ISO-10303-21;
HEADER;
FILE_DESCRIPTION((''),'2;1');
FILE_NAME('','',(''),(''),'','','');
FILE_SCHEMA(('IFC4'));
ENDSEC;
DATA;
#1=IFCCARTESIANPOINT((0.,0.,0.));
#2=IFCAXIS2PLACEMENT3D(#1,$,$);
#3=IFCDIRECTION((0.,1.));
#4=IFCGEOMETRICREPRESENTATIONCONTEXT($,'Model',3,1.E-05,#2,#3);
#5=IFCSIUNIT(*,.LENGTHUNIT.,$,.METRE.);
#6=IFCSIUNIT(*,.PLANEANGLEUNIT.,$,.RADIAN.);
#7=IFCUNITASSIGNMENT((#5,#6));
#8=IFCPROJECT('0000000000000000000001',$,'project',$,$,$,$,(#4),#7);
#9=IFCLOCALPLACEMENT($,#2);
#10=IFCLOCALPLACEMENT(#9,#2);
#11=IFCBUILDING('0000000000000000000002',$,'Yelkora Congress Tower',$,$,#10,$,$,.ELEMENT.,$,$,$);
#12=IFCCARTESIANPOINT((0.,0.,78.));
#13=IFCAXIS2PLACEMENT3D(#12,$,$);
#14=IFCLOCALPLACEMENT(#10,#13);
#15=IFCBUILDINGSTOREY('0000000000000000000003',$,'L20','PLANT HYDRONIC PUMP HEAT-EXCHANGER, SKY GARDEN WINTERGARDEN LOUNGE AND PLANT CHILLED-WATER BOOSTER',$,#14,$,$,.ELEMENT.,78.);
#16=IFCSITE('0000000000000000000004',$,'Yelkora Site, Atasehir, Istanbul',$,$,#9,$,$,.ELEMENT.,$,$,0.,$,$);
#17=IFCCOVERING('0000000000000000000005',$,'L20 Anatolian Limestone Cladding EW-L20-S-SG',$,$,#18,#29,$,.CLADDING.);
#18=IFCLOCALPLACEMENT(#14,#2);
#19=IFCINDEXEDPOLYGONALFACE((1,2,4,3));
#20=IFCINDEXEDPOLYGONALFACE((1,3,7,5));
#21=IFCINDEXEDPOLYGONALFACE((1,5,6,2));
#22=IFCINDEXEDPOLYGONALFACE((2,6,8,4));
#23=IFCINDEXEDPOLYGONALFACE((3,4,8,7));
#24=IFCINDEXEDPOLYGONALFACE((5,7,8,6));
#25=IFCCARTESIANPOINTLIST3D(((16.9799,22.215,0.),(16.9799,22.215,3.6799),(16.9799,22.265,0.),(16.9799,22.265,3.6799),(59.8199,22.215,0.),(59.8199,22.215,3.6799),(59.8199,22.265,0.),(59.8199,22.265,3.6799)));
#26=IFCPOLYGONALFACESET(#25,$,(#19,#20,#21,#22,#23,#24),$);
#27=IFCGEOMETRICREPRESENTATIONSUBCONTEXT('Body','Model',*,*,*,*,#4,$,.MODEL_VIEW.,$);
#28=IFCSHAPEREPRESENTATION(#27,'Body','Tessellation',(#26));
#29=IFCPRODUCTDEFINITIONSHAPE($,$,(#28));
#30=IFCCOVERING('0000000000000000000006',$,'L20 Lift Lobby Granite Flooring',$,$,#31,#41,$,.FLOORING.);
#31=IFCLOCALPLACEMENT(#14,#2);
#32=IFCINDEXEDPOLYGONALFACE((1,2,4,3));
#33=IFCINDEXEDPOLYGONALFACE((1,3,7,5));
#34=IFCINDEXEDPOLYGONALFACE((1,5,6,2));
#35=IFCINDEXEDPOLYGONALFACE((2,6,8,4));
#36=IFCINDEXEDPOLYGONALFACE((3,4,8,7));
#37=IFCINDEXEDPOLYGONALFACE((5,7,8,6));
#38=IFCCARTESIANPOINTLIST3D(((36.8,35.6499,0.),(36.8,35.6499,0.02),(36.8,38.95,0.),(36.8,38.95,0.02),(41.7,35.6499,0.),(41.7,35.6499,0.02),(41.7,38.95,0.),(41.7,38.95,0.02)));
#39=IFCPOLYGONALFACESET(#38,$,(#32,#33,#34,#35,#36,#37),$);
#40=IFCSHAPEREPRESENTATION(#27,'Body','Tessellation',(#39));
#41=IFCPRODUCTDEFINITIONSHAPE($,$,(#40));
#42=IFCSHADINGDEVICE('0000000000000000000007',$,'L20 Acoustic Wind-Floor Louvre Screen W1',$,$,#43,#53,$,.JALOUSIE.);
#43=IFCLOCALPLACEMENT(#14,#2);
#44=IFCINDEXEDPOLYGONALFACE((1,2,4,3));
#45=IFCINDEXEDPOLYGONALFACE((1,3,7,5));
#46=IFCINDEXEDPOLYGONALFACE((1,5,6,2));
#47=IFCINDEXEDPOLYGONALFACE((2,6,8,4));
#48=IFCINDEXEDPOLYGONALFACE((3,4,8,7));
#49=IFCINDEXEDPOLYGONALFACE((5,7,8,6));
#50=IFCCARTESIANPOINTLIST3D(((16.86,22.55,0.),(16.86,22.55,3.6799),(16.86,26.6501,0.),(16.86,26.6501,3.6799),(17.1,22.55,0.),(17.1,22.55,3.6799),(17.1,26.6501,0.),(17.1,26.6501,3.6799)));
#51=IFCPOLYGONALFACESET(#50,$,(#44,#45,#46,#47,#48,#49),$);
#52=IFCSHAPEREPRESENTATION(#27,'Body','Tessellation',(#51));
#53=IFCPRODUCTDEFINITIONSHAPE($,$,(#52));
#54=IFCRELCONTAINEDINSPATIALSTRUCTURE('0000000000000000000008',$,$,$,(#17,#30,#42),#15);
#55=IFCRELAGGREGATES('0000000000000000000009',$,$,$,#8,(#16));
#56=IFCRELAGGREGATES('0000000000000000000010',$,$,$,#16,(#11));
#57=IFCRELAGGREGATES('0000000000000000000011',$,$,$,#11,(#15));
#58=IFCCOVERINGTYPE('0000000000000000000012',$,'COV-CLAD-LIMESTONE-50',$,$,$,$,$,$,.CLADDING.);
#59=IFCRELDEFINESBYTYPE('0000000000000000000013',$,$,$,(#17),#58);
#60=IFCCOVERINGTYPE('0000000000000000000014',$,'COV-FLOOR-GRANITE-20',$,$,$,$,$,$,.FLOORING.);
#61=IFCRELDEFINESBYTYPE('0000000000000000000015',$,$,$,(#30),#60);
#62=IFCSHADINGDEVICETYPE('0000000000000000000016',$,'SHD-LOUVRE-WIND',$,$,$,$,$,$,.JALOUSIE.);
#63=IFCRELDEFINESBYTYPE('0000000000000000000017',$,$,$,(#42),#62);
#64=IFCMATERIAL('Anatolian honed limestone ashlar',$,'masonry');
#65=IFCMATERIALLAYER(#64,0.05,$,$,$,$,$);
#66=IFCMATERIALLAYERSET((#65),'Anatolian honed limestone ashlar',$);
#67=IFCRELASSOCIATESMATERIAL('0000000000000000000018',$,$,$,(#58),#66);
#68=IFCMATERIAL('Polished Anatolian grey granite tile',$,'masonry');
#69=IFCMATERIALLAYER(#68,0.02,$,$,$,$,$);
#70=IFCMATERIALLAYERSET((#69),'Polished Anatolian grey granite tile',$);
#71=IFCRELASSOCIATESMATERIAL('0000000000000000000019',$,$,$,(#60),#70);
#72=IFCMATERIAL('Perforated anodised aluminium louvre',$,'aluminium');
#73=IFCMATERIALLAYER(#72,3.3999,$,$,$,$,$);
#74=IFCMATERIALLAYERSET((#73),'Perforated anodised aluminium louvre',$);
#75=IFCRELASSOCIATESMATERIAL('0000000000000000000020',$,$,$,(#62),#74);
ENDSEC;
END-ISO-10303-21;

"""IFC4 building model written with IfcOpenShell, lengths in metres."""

from ifc_helpers import new_model, si_unit, direction, frame, frame_2d, origin, origin_2d, place, context, subcontext, project, spatial, polyline, rectangle, outline, extrude, material, layer, layer_set, type_object, element, save


model = new_model("IFC4")

# Units and contexts
model_context = context("Model", 3, precision=1e-05, world=origin(), true_north=direction((0.0, 1.0)))
body_context = subcontext(model_context, "Body", "Model", "MODEL_VIEW")
ifc_project = project(units=[si_unit("LENGTHUNIT", "METRE"), si_unit("PLANEANGLEUNIT", "RADIAN")], contexts=[model_context])

# Site, building, storey
site_placement = place(None, origin())
site = spatial("IfcSite", under=ifc_project, at=site_placement, Name="Yelkora Site, Atasehir, Istanbul", CompositionType="ELEMENT", RefElevation=0.0)
building_placement = place(site_placement, origin())
building = spatial("IfcBuilding", under=site, at=building_placement, Name="Yelkora Congress Tower", CompositionType="ELEMENT")
storey_placement = place(building_placement, frame((0.0, 0.0, 78.0)))
storey = spatial("IfcBuildingStorey", under=building, at=storey_placement, Name="L20", Description="PLANT HYDRONIC PUMP HEAT-EXCHANGER, SKY GARDEN WINTERGARDEN LOUNGE AND PLANT CHILLED-WATER BOOSTER", CompositionType="ELEMENT", Elevation=78.0)

# Coverings
ifc_material_1 = material(Name="Anatolian honed limestone ashlar", Category="masonry")
ifc_layer_1 = layer(ifc_material_1, 0.05)
ifc_layer_set_1 = layer_set([ifc_layer_1], Name="Anatolian honed limestone ashlar")
covering_type_1 = type_object("IfcCoveringType", Name="COV-CLAD-LIMESTONE-50", PredefinedType="CLADDING", material=ifc_layer_set_1)
covering_1_placement = place(storey_placement, frame((16.98, 22.24, 0.0), z_axis=(0.0, 0.0, 1.0), x_axis=(1.0, 0.0, 0.0)))
element("IfcCovering", 1, at=covering_1_placement, inside=storey, type_object=covering_type_1, Name="L20 Anatolian Limestone Cladding EW-L20-S-SG", PredefinedType="CLADDING", context=body_context, shape_type="SweptSolid", body=[
    extrude(rectangle(XDim=42.8401, YDim=0.05, at=frame_2d((21.4199, 0.0))), origin(), (0.0, 0.0, 1.0), 3.6799),
])
ifc_material_2 = material(Name="Polished Anatolian grey granite tile", Category="masonry")
ifc_layer_2 = layer(ifc_material_2, 0.02)
ifc_layer_set_2 = layer_set([ifc_layer_2], Name="Polished Anatolian grey granite tile")
covering_type_2 = type_object("IfcCoveringType", Name="COV-FLOOR-GRANITE-20", PredefinedType="FLOORING", material=ifc_layer_set_2)
covering_2_placement = place(storey_placement, origin())
element("IfcCovering", 2, at=covering_2_placement, inside=storey, type_object=covering_type_2, Name="L20 Lift Lobby Granite Flooring", PredefinedType="FLOORING", context=body_context, shape_type="SweptSolid", body=[
    extrude(outline(polyline([(36.8, 35.6499), (41.7, 35.6499), (41.7, 38.95), (36.8, 38.95), (36.8, 35.6499)])), origin(), (0.0, 0.0, 1.0), 0.02),
])

# Shading device
ifc_material_3 = material(Name="Perforated anodised aluminium louvre", Category="aluminium")
ifc_layer_3 = layer(ifc_material_3, 3.3999)
ifc_layer_set_3 = layer_set([ifc_layer_3], Name="Perforated anodised aluminium louvre")
shading_device_type = type_object("IfcShadingDeviceType", Name="SHD-LOUVRE-WIND", PredefinedType="JALOUSIE", material=ifc_layer_set_3)
shading_device_placement = place(storey_placement, frame((16.98, 24.6001, 0.0), z_axis=(0.0, 0.0, 1.0), x_axis=(1.0, 0.0, 0.0)))
element("IfcShadingDevice", 3, at=shading_device_placement, inside=storey, type_object=shading_device_type, Name="L20 Acoustic Wind-Floor Louvre Screen W1", PredefinedType="JALOUSIE", context=body_context, shape_type="SweptSolid", body=[
    extrude(rectangle(XDim=0.24, YDim=4.1001, at=origin_2d()), origin(), (0.0, 0.0, 1.0), 3.6799),
])

save(model, "model.ifc")
